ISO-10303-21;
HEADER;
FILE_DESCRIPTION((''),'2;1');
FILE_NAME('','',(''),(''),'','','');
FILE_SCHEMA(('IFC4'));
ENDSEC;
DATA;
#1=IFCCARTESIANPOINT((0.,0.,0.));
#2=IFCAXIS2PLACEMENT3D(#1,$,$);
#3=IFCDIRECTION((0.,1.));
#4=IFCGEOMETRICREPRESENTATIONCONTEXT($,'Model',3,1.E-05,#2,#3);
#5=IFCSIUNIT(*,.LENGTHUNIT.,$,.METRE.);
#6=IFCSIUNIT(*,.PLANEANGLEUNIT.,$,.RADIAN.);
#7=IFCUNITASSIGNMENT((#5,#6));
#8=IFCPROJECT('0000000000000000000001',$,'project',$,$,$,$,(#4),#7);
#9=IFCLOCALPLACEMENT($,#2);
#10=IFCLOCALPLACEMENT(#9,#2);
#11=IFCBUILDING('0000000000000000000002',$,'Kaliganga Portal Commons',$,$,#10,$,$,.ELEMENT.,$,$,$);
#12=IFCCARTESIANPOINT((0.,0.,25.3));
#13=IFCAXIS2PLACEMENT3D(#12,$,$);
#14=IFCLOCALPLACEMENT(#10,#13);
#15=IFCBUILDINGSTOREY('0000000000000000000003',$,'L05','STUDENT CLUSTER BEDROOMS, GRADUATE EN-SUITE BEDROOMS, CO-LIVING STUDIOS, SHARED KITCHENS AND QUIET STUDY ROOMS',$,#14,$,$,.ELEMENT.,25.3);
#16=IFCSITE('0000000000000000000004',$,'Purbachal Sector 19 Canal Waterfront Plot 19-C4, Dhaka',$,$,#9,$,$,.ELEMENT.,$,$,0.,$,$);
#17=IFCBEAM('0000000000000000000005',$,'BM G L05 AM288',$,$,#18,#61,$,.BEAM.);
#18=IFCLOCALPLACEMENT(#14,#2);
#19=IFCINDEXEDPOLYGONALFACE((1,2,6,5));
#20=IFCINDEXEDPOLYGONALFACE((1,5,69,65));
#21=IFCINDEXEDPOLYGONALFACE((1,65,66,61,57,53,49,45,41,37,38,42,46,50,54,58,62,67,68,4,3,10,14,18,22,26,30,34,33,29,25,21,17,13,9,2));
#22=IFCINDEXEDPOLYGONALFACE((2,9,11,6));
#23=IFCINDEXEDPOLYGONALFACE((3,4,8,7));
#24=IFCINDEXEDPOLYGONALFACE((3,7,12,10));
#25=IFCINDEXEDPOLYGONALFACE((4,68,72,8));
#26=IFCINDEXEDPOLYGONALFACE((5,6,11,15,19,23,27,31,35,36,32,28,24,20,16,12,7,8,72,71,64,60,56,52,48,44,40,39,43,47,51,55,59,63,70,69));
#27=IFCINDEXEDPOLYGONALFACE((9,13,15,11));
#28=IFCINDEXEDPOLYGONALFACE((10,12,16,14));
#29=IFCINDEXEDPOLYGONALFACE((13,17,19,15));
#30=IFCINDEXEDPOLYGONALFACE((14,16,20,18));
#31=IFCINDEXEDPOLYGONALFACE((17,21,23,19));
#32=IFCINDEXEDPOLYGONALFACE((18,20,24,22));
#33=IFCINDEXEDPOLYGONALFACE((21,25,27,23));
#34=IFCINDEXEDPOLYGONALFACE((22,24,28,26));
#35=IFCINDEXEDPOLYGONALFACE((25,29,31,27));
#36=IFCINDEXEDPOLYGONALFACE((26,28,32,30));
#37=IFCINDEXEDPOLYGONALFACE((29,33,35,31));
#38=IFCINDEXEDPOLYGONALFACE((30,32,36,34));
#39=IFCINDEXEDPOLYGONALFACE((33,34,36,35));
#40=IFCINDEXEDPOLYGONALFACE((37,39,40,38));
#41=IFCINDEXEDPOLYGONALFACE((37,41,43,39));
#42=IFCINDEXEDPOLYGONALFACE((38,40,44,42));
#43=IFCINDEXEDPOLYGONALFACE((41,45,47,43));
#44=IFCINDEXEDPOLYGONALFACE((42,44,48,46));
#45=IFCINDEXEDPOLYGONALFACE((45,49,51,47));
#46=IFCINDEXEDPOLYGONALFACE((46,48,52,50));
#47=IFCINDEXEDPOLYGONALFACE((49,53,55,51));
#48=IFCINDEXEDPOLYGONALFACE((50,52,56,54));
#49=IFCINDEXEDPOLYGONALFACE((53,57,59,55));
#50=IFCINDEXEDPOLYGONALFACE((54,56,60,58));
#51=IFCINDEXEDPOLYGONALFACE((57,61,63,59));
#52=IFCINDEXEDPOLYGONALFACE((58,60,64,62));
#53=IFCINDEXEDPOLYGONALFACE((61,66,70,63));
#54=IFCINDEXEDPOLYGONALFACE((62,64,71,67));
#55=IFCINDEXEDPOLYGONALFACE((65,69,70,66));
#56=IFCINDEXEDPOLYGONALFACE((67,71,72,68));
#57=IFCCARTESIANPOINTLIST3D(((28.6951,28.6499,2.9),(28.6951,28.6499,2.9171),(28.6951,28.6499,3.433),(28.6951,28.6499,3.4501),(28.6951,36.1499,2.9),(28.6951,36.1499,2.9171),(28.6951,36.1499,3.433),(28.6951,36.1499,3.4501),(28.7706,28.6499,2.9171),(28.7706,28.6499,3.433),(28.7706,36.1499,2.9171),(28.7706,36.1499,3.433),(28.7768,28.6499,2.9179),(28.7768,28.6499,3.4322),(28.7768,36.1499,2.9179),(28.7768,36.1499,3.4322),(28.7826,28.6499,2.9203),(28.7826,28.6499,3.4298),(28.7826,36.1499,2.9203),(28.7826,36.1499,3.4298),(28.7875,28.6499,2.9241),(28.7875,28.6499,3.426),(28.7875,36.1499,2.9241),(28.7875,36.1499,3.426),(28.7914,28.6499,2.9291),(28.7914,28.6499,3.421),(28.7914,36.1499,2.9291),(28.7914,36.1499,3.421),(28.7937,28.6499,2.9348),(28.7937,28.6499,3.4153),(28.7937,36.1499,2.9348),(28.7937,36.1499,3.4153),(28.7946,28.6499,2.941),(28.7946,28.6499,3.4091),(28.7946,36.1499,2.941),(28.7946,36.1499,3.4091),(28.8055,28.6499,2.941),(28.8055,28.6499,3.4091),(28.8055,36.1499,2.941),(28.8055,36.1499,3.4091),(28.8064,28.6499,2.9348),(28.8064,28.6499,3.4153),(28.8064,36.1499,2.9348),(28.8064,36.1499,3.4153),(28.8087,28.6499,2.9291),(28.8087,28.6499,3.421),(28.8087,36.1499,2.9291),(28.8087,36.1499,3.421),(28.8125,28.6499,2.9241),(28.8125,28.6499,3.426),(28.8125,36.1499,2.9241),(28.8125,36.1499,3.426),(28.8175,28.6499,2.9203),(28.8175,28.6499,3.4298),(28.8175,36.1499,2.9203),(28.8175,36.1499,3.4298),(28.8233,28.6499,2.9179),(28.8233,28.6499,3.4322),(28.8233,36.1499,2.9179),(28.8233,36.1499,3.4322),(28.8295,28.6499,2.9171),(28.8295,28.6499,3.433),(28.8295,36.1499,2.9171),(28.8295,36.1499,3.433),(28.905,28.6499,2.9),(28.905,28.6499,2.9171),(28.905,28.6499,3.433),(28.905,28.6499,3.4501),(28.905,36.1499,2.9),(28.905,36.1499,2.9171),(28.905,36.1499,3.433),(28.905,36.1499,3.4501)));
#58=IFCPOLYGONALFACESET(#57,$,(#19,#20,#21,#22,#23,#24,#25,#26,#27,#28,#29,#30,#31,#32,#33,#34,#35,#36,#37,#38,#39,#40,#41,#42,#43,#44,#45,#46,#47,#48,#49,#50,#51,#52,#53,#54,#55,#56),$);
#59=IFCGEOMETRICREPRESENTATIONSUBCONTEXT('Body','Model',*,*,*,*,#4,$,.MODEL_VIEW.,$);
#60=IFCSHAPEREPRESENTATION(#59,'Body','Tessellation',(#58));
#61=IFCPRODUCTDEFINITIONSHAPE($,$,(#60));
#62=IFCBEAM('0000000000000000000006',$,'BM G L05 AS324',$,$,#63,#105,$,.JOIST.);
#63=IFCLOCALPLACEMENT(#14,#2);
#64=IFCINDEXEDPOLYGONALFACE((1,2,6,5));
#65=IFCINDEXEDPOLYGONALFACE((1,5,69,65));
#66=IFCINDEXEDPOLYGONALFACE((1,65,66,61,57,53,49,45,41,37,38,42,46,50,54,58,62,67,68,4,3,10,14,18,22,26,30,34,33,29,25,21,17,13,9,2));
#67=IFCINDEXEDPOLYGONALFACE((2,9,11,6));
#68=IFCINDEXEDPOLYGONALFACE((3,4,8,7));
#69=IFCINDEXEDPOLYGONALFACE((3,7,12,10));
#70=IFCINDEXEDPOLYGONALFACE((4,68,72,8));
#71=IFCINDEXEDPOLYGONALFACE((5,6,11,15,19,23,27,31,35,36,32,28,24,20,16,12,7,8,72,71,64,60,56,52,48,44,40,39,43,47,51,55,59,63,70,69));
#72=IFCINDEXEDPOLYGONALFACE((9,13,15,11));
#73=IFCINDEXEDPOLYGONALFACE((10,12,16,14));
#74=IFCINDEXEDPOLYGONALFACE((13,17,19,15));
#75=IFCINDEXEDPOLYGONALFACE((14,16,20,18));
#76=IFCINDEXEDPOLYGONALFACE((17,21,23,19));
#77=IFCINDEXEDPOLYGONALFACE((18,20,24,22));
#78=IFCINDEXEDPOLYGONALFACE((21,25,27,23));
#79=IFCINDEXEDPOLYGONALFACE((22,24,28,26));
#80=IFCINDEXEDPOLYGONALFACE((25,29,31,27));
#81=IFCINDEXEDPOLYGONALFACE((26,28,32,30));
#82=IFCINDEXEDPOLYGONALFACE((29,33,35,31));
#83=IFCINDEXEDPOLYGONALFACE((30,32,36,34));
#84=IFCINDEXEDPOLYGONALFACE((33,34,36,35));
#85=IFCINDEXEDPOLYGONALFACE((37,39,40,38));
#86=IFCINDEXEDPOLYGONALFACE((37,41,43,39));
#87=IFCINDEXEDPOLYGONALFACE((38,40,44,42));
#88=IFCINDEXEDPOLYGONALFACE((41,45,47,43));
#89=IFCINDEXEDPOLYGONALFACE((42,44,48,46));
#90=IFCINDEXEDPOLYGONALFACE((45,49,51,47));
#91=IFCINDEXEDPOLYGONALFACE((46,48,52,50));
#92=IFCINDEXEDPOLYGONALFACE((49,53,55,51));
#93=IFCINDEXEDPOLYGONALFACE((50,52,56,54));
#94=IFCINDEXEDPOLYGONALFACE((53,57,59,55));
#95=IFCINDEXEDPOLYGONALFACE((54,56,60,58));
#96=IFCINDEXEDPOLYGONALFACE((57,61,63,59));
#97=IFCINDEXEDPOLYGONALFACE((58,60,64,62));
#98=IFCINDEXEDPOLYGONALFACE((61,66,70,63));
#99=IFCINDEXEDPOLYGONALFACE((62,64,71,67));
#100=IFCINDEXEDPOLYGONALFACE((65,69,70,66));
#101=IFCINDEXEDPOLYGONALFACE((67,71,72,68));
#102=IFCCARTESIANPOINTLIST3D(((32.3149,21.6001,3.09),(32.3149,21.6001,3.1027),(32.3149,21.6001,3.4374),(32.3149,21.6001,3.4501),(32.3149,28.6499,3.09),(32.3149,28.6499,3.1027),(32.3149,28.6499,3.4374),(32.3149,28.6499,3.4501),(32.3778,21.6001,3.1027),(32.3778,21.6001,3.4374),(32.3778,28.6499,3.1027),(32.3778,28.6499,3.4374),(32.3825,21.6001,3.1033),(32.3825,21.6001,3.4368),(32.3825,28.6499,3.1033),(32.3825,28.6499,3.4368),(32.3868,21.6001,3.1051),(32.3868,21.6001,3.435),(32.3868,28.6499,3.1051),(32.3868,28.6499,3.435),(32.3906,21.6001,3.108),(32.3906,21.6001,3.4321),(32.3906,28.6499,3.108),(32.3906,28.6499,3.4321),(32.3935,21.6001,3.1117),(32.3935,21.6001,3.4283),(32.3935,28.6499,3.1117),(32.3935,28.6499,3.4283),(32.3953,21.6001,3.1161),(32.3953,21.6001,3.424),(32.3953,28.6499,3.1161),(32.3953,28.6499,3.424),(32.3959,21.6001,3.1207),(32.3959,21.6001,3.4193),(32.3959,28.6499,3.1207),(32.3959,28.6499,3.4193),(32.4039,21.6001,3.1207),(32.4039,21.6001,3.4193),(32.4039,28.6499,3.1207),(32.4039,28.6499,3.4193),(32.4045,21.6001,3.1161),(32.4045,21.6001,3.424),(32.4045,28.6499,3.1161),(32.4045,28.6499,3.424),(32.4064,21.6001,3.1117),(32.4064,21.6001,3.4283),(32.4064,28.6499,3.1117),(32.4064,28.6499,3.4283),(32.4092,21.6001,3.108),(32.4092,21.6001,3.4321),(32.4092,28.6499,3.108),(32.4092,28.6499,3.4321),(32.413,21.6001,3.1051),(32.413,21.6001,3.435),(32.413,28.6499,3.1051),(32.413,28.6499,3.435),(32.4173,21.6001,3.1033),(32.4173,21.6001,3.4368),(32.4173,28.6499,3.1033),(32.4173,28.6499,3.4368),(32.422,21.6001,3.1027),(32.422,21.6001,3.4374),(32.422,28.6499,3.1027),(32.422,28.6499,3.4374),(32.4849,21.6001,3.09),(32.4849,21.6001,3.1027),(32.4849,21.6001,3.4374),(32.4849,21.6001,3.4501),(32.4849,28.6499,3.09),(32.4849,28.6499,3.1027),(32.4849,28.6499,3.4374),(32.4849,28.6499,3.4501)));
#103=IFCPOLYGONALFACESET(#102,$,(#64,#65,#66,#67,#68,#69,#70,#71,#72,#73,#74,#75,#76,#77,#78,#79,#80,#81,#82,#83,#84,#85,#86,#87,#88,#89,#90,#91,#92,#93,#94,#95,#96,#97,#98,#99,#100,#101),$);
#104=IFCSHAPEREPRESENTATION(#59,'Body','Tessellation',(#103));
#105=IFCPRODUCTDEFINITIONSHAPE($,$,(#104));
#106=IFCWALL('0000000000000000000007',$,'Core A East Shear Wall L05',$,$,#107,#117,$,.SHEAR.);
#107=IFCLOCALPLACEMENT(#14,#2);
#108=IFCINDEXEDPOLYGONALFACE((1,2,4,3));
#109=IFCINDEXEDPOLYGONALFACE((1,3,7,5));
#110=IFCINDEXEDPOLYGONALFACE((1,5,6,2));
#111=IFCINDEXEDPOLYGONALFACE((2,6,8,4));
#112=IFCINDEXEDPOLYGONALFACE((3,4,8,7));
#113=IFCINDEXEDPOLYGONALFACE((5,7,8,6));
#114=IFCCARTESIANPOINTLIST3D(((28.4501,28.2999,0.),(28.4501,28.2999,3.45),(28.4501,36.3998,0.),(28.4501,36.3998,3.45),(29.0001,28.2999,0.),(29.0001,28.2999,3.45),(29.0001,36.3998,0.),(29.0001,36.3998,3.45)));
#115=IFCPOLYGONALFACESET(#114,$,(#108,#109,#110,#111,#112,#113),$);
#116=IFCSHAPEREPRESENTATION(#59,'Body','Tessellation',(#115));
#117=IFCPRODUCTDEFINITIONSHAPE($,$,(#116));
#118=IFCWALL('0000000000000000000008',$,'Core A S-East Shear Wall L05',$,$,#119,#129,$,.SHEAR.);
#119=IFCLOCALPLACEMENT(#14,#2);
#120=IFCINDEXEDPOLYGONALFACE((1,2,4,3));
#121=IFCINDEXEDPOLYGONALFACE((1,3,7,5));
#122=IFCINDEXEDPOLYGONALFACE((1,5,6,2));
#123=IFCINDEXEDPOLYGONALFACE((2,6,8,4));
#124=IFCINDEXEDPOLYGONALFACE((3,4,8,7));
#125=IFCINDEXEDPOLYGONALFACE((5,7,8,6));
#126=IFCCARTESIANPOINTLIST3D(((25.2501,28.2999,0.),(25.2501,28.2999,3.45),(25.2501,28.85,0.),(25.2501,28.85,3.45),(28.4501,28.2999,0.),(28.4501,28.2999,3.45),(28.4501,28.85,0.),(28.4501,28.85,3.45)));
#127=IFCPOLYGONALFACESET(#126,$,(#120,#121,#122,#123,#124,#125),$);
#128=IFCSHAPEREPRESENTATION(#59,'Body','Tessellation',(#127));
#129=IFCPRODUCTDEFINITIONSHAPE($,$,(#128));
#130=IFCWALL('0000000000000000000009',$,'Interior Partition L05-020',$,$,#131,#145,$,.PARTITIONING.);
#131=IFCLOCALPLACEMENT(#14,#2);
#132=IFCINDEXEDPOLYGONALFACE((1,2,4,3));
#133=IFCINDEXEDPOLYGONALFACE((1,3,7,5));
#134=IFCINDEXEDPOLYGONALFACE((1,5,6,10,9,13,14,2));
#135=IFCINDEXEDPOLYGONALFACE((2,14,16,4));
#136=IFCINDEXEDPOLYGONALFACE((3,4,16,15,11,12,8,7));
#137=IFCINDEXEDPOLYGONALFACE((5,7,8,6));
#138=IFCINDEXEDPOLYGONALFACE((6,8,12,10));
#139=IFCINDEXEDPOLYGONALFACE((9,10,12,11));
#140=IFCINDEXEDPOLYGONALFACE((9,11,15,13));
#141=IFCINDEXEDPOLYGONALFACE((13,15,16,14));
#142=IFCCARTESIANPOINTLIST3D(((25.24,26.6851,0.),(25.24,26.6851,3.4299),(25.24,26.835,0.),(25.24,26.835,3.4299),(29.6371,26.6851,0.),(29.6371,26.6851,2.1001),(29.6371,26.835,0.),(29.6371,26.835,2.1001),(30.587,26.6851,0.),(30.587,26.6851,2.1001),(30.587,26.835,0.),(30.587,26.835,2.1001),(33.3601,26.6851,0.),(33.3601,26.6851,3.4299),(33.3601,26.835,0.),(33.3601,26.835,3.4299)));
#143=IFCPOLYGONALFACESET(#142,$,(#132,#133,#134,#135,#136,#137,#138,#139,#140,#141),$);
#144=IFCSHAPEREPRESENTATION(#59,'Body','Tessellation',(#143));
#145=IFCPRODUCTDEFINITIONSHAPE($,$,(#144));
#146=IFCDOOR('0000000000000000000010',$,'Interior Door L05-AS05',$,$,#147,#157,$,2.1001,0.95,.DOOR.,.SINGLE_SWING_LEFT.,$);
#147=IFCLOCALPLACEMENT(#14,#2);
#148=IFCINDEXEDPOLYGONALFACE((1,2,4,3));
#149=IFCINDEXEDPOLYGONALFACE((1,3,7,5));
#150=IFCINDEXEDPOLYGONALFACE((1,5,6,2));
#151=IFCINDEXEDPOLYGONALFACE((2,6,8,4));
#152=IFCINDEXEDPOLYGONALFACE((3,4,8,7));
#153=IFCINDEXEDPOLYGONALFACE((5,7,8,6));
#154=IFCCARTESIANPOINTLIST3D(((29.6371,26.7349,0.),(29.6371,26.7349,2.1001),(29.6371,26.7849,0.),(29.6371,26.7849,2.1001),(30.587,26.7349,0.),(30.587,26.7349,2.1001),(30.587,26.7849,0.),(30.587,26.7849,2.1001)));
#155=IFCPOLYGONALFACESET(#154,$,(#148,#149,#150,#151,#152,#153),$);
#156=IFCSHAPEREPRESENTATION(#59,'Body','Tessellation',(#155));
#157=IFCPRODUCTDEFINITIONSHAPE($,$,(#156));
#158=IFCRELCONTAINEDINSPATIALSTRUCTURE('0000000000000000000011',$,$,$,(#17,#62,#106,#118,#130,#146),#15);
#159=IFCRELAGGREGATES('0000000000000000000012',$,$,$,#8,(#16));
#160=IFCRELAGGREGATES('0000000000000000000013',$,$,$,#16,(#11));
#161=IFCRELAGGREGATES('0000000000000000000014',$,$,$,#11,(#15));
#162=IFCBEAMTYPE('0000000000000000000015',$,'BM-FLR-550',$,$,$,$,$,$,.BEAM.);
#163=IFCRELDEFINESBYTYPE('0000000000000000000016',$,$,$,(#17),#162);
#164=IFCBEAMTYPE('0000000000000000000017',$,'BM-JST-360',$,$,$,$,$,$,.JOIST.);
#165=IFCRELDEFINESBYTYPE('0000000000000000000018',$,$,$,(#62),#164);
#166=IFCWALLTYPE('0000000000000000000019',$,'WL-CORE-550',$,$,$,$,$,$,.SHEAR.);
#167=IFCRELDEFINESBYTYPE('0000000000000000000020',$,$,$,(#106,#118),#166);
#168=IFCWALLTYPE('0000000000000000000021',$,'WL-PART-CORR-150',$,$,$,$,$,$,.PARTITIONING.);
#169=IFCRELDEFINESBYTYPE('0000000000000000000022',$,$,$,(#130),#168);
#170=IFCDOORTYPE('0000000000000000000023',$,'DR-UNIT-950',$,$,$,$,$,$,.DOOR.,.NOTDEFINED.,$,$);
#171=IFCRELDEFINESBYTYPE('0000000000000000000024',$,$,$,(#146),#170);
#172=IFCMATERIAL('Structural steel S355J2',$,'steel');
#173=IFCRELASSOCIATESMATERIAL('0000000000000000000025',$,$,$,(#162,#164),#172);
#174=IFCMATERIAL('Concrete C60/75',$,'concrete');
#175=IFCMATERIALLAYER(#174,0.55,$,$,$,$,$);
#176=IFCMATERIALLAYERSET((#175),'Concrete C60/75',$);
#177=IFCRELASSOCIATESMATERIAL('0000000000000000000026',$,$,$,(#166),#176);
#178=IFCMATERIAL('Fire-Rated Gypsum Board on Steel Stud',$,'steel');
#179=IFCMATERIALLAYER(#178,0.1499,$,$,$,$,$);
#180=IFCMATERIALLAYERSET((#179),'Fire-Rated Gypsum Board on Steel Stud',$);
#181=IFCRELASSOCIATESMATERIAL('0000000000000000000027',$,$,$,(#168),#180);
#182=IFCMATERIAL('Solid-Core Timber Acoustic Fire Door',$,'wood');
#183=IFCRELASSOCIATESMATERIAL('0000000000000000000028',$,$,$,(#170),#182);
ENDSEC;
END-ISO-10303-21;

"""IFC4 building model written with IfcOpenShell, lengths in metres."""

from ifc_helpers import new_model, si_unit, direction, frame, frame_2d, origin, origin_2d, place, context, subcontext, project, spatial, rectangle, i_section, extrude, source, transform, mapped, material, layer, layer_set, material_profile, profile_set, type_object, element, fill, save


model = new_model("IFC4")

# Units and contexts
model_context = context("Model", 3, precision=1e-05, world=origin(), true_north=direction((0.0, 1.0)))
body_context = subcontext(model_context, "Body", "Model", "MODEL_VIEW")
ifc_project = project(units=[si_unit("LENGTHUNIT", "METRE"), si_unit("PLANEANGLEUNIT", "RADIAN")], contexts=[model_context])

# Site, building, storey
site_placement = place(None, origin())
site = spatial("IfcSite", under=ifc_project, at=site_placement, Name="Purbachal Sector 19 Canal Waterfront Plot 19-C4, Dhaka", CompositionType="ELEMENT", RefElevation=0.0)
building_placement = place(site_placement, origin())
building = spatial("IfcBuilding", under=site, at=building_placement, Name="Kaliganga Portal Commons", CompositionType="ELEMENT")
storey_placement = place(building_placement, frame((0.0, 0.0, 25.3)))
storey = spatial("IfcBuildingStorey", under=building, at=storey_placement, Name="L05", Description="STUDENT CLUSTER BEDROOMS, GRADUATE EN-SUITE BEDROOMS, CO-LIVING STUDIOS, SHARED KITCHENS AND QUIET STUDY ROOMS", CompositionType="ELEMENT", Elevation=25.3)

# Beams
ifc_material_1 = material(Name="Structural steel S355J2", Category="steel")
ifc_material_profile_1 = material_profile(ifc_material_1, i_section(OverallWidth=0.21, OverallDepth=0.55, WebThickness=0.011, FlangeThickness=0.0171, FilletRadius=0.0239, at=origin_2d()), Name="IPE 550")
ifc_profile_set_1 = profile_set([ifc_material_profile_1], Name="Structural steel S355J2 wide-flange")
beam_type_1 = type_object("IfcBeamType", Name="BM-FLR-550", PredefinedType="BEAM", material=ifc_profile_set_1)
shared_shape_1 = source(origin(), body_context, "Body", "SweptSolid", [
    extrude(i_section(OverallWidth=0.21, OverallDepth=0.55, WebThickness=0.011, FlangeThickness=0.0171, FilletRadius=0.0239, at=origin_2d()), origin(), (0.0, 0.0, 1.0), 7.5),
])
beam_1_placement = place(storey_placement, frame((28.8, 28.6499, 3.175), z_axis=(0.0, 1.0, 0.0), x_axis=(-1.0, 0.0, 0.0)))
element("IfcBeam", 1, at=beam_1_placement, inside=storey, type_object=beam_type_1, Name="BM G L05 AM288", PredefinedType="BEAM", context=body_context, shape_type="MappedRepresentation", body=[
    mapped(shared_shape_1, transform((0.0, 0.0, 0.0), x_axis=(1.0, 0.0, 0.0), y_axis=(0.0, 1.0, 0.0), z_axis=(0.0, 0.0, 1.0), scale=1.0)),
])
ifc_material_profile_2 = material_profile(ifc_material_1, i_section(OverallWidth=0.1699, OverallDepth=0.3601, WebThickness=0.0081, FlangeThickness=0.0127, FilletRadius=0.0181, at=origin_2d()), Name="IPE 360")
ifc_profile_set_2 = profile_set([ifc_material_profile_2], Name="Structural steel S355J2 wide-flange")
beam_type_2 = type_object("IfcBeamType", Name="BM-JST-360", PredefinedType="JOIST", material=ifc_profile_set_2)
shared_shape_2 = source(origin(), body_context, "Body", "SweptSolid", [
    extrude(i_section(OverallWidth=0.1699, OverallDepth=0.3601, WebThickness=0.0081, FlangeThickness=0.0127, FilletRadius=0.0181, at=origin_2d()), origin(), (0.0, 0.0, 1.0), 7.0498),
])
beam_2_placement = place(storey_placement, frame((32.3999, 21.6001, 3.27), z_axis=(0.0, 1.0, 0.0), x_axis=(-1.0, 0.0, 0.0)))
element("IfcBeam", 2, at=beam_2_placement, inside=storey, type_object=beam_type_2, Name="BM G L05 AS324", PredefinedType="JOIST", context=body_context, shape_type="MappedRepresentation", body=[
    mapped(shared_shape_2, transform((0.0, 0.0, 0.0), x_axis=(1.0, 0.0, 0.0), y_axis=(0.0, 1.0, 0.0), z_axis=(0.0, 0.0, 1.0), scale=1.0)),
])

# Walls
ifc_material_2 = material(Name="Concrete C60/75", Category="concrete")
ifc_layer_1 = layer(ifc_material_2, 0.55)
ifc_layer_set_1 = layer_set([ifc_layer_1], Name="Concrete C60/75")
wall_type_1 = type_object("IfcWallType", Name="WL-CORE-550", PredefinedType="SHEAR", material=ifc_layer_set_1)
wall_1_placement = place(storey_placement, frame((28.7251, 28.3, 0.0), z_axis=(0.0, 0.0, 1.0), x_axis=(0.0, 1.0, 0.0)))
element("IfcWall", 3, at=wall_1_placement, inside=storey, type_object=wall_type_1, Name="Core A East Shear Wall L05", PredefinedType="SHEAR", context=body_context, shape_type="SweptSolid", body=[
    extrude(rectangle(XDim=8.0999, YDim=0.55, at=frame_2d((4.0498, 0.0))), origin(), (0.0, 0.0, 1.0), 3.45),
])
wall_2_placement = place(storey_placement, frame((25.25, 28.575, 0.0), z_axis=(0.0, 0.0, 1.0), x_axis=(1.0, 0.0, 0.0)))
element("IfcWall", 4, at=wall_2_placement, inside=storey, type_object=wall_type_1, Name="Core A S-East Shear Wall L05", PredefinedType="SHEAR", context=body_context, shape_type="SweptSolid", body=[
    extrude(rectangle(XDim=3.2, YDim=0.55, at=frame_2d((1.6001, 0.0))), origin(), (0.0, 0.0, 1.0), 3.45),
])

# Wall, opening, door
ifc_material_3 = material(Name="Fire-Rated Gypsum Board on Steel Stud", Category="steel")
ifc_layer_2 = layer(ifc_material_3, 0.1499)
ifc_layer_set_2 = layer_set([ifc_layer_2], Name="Fire-Rated Gypsum Board on Steel Stud")
wall_type_2 = type_object("IfcWallType", Name="WL-PART-CORR-150", PredefinedType="PARTITIONING", material=ifc_layer_set_2)
wall_3_placement = place(storey_placement, frame((25.24, 26.76, 0.0), z_axis=(0.0, 0.0, 1.0), x_axis=(1.0, 0.0, 0.0)))
wall_3 = element("IfcWall", 5, at=wall_3_placement, inside=storey, type_object=wall_type_2, Name="Interior Partition L05-020", PredefinedType="PARTITIONING", context=body_context, shape_type="SweptSolid", body=[
    extrude(rectangle(XDim=8.1201, YDim=0.1499, at=frame_2d((4.0601, 0.0))), origin(), (0.0, 0.0, 1.0), 3.4299),
])
opening_1_placement = place(wall_3_placement, frame((4.397, 0.0, 0.0)))
opening_1 = element("IfcOpeningElement", 6, at=opening_1_placement, cuts=wall_3, PredefinedType="OPENING", context=body_context, shape_type="SweptSolid", body=[
    extrude(rectangle(XDim=0.95, YDim=2.1001, at=frame_2d((0.4751, 1.05))), frame((0.0, 0.085, 0.0), z_axis=(0.0, -1.0, 0.0), x_axis=(1.0, 0.0, 0.0)), (0.0, 0.0, 1.0), 0.1699),
])
ifc_material_4 = material(Name="Solid-Core Timber Acoustic Fire Door", Category="wood")
door_type_1 = type_object("IfcDoorType", Name="DR-UNIT-950", OperationType="NOTDEFINED", PredefinedType="DOOR", material=ifc_material_4)
door_1_placement = place(opening_1_placement, origin())
door_1 = element("IfcDoor", 7, at=door_1_placement, inside=storey, type_object=door_type_1, Name="Interior Door L05-AS05", OperationType="SINGLE_SWING_LEFT", OverallHeight=2.1001, OverallWidth=0.95, PredefinedType="DOOR", context=body_context, shape_type="SweptSolid", body=[
    extrude(rectangle(XDim=0.95, YDim=2.1001, at=frame_2d((0.4751, 1.05))), frame((0.0, 0.0249, 0.0), z_axis=(0.0, -1.0, 0.0), x_axis=(1.0, 0.0, 0.0)), (0.0, 0.0, 1.0), 0.05),
])
fill(opening_1, door_1)

save(model, "model.ifc")
